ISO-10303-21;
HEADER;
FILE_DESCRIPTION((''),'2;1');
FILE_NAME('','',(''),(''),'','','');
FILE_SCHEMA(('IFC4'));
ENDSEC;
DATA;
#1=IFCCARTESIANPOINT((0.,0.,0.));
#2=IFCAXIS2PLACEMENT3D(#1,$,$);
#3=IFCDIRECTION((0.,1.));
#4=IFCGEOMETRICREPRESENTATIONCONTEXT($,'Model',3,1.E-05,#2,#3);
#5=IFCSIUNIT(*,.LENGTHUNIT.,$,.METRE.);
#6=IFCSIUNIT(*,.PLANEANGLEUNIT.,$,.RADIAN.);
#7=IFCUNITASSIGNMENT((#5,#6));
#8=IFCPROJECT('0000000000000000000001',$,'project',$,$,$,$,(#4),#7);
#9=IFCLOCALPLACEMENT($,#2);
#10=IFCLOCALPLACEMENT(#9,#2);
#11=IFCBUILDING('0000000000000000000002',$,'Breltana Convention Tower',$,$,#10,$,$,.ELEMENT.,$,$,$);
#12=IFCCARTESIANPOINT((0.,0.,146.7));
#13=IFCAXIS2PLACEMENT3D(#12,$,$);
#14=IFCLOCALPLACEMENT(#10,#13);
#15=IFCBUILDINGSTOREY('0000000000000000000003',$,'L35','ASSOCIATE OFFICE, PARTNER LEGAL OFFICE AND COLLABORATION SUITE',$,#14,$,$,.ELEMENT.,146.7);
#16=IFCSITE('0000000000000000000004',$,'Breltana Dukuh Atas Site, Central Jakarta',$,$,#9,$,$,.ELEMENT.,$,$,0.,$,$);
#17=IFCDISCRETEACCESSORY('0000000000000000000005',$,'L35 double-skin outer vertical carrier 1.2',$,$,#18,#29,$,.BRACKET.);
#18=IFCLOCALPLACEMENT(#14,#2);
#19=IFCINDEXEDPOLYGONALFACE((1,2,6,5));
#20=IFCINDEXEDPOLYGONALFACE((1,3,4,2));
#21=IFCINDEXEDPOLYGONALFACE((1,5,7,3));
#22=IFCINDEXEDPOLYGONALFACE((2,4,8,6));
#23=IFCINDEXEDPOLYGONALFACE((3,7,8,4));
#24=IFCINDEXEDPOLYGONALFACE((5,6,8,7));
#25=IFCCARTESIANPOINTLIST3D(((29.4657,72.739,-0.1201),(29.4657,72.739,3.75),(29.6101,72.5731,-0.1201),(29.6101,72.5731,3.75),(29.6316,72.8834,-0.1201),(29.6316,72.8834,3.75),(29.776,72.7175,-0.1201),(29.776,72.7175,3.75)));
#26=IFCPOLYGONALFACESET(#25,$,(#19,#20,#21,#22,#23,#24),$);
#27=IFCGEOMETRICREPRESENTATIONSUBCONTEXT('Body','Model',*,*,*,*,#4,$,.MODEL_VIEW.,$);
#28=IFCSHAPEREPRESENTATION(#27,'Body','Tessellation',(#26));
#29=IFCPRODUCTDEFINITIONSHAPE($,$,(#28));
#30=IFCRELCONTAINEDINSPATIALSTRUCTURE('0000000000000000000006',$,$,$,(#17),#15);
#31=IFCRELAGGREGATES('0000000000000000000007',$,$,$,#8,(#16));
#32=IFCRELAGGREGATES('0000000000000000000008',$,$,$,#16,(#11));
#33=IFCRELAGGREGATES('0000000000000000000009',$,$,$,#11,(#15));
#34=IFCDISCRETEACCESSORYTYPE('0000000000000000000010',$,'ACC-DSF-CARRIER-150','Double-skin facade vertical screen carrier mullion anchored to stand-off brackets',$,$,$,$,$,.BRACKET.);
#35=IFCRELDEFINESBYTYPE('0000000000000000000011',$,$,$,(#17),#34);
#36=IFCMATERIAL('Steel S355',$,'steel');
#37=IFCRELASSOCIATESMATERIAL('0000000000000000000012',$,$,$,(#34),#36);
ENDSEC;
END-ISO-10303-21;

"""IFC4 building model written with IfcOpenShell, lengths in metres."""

from ifc_helpers import new_model, si_unit, direction, frame, origin, origin_2d, place, context, subcontext, project, spatial, rectangle, extrude, source, transform, mapped, material, type_object, element, save


model = new_model("IFC4")

# Units and contexts
model_context = context("Model", 3, precision=1e-05, world=origin(), true_north=direction((0.0, 1.0)))
body_context = subcontext(model_context, "Body", "Model", "MODEL_VIEW")
ifc_project = project(units=[si_unit("LENGTHUNIT", "METRE"), si_unit("PLANEANGLEUNIT", "RADIAN")], contexts=[model_context])

# Site, building, storey
site_placement = place(None, origin())
site = spatial("IfcSite", under=ifc_project, at=site_placement, Name="Breltana Dukuh Atas Site, Central Jakarta", CompositionType="ELEMENT", RefElevation=0.0)
building_placement = place(site_placement, origin())
building = spatial("IfcBuilding", under=site, at=building_placement, Name="Breltana Convention Tower", CompositionType="ELEMENT")
storey_placement = place(building_placement, frame((0.0, 0.0, 146.7)))
storey = spatial("IfcBuildingStorey", under=building, at=storey_placement, Name="L35", Description="ASSOCIATE OFFICE, PARTNER LEGAL OFFICE AND COLLABORATION SUITE", CompositionType="ELEMENT", Elevation=146.7)

# Discrete accessory
ifc_material_1 = material(Name="Steel S355", Category="steel")
discrete_accessory_type_1 = type_object("IfcDiscreteAccessoryType", Name="ACC-DSF-CARRIER-150", Description="Double-skin facade vertical screen carrier mullion anchored to stand-off brackets", PredefinedType="BRACKET", material=ifc_material_1)
shared_shape_1 = source(origin(), body_context, "Body", "SweptSolid", [
    extrude(rectangle(XDim=0.22, YDim=0.22, at=origin_2d()), origin(), (0.0, 0.0, 1.0), 3.8701),
])
for number, where, z_axis, x_axis, name in (
    (1, (29.6208, 72.7283, -0.1201), (0.0, 0.0, 1.0), (-0.656456, 0.754365, 0.0), "L35 double-skin outer vertical carrier 1.2"),
):
    element("IfcDiscreteAccessory", number, at=place(storey_placement, frame(where, z_axis=z_axis, x_axis=x_axis)), inside=storey, type_object=discrete_accessory_type_1, Name=name, PredefinedType="BRACKET", context=body_context, shape_type="MappedRepresentation", body=[
        mapped(shared_shape_1, transform((0.0, 0.0, 0.0), scale=1.0)),
    ])

save(model, "model.ifc")
